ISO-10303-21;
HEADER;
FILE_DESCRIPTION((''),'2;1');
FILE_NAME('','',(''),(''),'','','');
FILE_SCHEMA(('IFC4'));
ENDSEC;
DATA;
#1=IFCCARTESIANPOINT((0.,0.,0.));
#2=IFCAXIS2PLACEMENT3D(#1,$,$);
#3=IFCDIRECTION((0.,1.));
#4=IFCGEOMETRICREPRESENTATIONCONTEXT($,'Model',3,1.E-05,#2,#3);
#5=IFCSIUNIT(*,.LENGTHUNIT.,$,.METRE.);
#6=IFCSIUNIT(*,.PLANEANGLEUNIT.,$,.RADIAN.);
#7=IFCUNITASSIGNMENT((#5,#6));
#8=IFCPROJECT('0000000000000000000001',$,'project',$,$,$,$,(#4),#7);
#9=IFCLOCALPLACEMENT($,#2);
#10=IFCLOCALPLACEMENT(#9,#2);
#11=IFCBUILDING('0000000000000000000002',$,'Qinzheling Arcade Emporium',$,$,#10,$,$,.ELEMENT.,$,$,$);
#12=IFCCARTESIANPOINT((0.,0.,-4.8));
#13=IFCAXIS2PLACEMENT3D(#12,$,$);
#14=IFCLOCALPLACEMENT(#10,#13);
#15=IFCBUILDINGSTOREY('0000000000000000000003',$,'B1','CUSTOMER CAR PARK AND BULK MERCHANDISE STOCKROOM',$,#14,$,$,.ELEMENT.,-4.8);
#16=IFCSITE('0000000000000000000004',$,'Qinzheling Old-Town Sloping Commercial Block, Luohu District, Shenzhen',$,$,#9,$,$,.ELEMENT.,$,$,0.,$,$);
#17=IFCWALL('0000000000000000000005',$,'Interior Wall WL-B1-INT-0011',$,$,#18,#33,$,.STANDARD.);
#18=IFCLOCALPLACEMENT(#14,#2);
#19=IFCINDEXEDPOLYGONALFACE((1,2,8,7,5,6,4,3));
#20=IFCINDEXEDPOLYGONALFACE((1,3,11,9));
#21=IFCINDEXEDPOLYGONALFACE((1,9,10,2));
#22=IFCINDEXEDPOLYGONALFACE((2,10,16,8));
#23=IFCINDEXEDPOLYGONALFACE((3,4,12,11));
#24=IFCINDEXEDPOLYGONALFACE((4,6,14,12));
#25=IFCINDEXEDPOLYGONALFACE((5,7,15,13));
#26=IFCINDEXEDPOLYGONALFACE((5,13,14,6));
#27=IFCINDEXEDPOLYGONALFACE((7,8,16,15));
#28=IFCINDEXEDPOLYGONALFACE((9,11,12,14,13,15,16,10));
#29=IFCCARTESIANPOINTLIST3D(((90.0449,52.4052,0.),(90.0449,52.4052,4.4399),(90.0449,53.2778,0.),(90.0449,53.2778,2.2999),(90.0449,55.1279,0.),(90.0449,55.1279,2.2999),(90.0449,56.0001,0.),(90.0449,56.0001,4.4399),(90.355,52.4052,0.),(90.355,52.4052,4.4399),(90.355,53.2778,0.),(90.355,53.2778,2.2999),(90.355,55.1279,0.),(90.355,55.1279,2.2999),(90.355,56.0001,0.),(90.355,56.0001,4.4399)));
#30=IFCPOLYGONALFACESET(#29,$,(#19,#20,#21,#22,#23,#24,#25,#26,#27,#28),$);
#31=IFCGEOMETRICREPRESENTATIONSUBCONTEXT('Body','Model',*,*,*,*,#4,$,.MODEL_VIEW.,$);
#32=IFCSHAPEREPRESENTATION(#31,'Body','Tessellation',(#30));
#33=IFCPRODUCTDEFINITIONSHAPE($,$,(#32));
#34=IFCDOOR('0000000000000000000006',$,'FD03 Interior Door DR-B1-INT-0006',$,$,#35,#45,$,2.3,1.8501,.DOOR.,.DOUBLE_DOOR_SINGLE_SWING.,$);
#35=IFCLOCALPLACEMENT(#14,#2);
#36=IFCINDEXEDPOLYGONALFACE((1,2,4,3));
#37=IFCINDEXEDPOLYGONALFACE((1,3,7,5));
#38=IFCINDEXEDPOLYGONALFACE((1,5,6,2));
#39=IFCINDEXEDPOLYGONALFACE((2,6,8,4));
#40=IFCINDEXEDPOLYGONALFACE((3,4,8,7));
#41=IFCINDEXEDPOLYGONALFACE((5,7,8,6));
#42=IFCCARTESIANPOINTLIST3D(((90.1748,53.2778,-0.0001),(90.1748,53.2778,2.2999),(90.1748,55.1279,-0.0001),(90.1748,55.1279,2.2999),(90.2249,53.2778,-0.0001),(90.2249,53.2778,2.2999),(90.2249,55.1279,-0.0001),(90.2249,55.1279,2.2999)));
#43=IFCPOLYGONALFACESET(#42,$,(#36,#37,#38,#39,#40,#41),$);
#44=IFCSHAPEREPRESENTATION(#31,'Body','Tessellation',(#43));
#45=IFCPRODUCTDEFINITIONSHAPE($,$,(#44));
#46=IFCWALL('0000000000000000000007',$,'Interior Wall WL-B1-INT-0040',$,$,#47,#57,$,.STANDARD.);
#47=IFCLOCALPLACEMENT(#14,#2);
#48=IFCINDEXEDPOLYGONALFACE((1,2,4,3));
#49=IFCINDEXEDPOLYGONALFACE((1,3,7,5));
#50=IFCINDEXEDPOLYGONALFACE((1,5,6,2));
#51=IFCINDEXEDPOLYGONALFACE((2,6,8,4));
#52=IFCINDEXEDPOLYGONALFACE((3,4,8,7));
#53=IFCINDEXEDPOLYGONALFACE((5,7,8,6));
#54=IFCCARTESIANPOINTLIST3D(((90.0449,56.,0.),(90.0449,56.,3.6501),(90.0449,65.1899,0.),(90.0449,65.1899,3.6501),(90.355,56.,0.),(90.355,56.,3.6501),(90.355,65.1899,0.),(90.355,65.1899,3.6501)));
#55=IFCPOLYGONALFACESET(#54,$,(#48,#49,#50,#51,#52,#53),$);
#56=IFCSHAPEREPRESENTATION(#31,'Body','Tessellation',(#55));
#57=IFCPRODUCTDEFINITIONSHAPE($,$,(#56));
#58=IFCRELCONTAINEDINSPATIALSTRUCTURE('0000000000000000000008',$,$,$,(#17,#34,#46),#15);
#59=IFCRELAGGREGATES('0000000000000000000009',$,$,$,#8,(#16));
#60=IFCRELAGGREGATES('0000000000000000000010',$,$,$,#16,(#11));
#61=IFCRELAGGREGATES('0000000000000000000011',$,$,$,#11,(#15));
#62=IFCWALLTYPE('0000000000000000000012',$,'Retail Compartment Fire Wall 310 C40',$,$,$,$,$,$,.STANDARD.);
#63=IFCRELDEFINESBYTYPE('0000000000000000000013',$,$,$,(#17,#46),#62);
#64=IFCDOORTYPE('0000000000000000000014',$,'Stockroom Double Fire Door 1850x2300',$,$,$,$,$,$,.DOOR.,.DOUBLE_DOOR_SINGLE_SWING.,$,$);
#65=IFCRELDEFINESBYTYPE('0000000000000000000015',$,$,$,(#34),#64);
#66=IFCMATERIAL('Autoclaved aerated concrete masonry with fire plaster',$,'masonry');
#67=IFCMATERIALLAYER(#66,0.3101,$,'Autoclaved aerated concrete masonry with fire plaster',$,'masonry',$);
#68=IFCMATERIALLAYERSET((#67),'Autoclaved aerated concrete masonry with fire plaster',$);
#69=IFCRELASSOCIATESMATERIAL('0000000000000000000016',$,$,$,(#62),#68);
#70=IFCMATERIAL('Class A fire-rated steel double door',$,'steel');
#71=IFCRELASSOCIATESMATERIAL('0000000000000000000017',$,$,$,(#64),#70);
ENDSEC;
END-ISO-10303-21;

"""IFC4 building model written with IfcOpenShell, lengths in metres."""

from ifc_helpers import new_model, si_unit, direction, frame, frame_2d, origin, place, context, subcontext, project, spatial, rectangle, extrude, material, layer, layer_set, type_object, element, fill, save


model = new_model("IFC4")

# Units and contexts
model_context = context("Model", 3, precision=1e-05, world=origin(), true_north=direction((0.0, 1.0)))
body_context = subcontext(model_context, "Body", "Model", "MODEL_VIEW")
ifc_project = project(units=[si_unit("LENGTHUNIT", "METRE"), si_unit("PLANEANGLEUNIT", "RADIAN")], contexts=[model_context])

# Site, building, storey
site_placement = place(None, origin())
site = spatial("IfcSite", under=ifc_project, at=site_placement, Name="Qinzheling Old-Town Sloping Commercial Block, Luohu District, Shenzhen", CompositionType="ELEMENT", RefElevation=0.0)
building_placement = place(site_placement, origin())
building = spatial("IfcBuilding", under=site, at=building_placement, Name="Qinzheling Arcade Emporium", CompositionType="ELEMENT")
storey_placement = place(building_placement, frame((0.0, 0.0, -4.8)))
storey = spatial("IfcBuildingStorey", under=building, at=storey_placement, Name="B1", Description="CUSTOMER CAR PARK AND BULK MERCHANDISE STOCKROOM", CompositionType="ELEMENT", Elevation=-4.8)

# Wall, opening, door
ifc_material_1 = material(Name="Autoclaved aerated concrete masonry with fire plaster", Category="masonry")
ifc_layer_1 = layer(ifc_material_1, 0.3101, Name="Autoclaved aerated concrete masonry with fire plaster", Category="masonry")
ifc_layer_set_1 = layer_set([ifc_layer_1], Name="Autoclaved aerated concrete masonry with fire plaster")
wall_type_1 = type_object("IfcWallType", Name="Retail Compartment Fire Wall 310 C40", PredefinedType="STANDARD", material=ifc_layer_set_1)
wall_1_placement = place(storey_placement, frame((90.2, 56.0, 0.0), z_axis=(0.0, 0.0, 1.0), x_axis=(0.0, -1.0, 0.0)))
wall_1 = element("IfcWall", 1, at=wall_1_placement, inside=storey, type_object=wall_type_1, Name="Interior Wall WL-B1-INT-0011", PredefinedType="STANDARD", context=body_context, shape_type="SweptSolid", body=[
    extrude(rectangle(XDim=3.595, YDim=0.3101, at=frame_2d((1.7974, 0.0))), origin(), (0.0, 0.0, 1.0), 4.4399),
])
opening_1_placement = place(wall_1_placement, frame((0.8721, 0.0, 0.0)))
opening_1 = element("IfcOpeningElement", 2, at=opening_1_placement, cuts=wall_1, PredefinedType="OPENING", context=body_context, shape_type="SweptSolid", body=[
    extrude(rectangle(XDim=1.8501, YDim=2.3, at=frame_2d((0.925, 1.1499))), frame((0.0, 0.165, 0.0), z_axis=(0.0, -1.0, 0.0), x_axis=(1.0, 0.0, 0.0)), (0.0, 0.0, 1.0), 0.3301),
])
ifc_material_2 = material(Name="Class A fire-rated steel double door", Category="steel")
door_type_1 = type_object("IfcDoorType", Name="Stockroom Double Fire Door 1850x2300", OperationType="DOUBLE_DOOR_SINGLE_SWING", PredefinedType="DOOR", material=ifc_material_2)
door_1_placement = place(opening_1_placement, origin())
door_1 = element("IfcDoor", 3, at=door_1_placement, inside=storey, type_object=door_type_1, Name="FD03 Interior Door DR-B1-INT-0006", OperationType="DOUBLE_DOOR_SINGLE_SWING", OverallHeight=2.3, OverallWidth=1.8501, PredefinedType="DOOR", context=body_context, shape_type="SweptSolid", body=[
    extrude(rectangle(XDim=1.8501, YDim=2.3, at=frame_2d((0.925, 1.1499))), frame((0.0, 0.0249, 0.0), z_axis=(0.0, -1.0, 0.0), x_axis=(1.0, 0.0, 0.0)), (0.0, 0.0, 1.0), 0.05),
])
fill(opening_1, door_1)

# Wall
wall_2_placement = place(storey_placement, frame((90.2, 56.0, 0.0), z_axis=(0.0, 0.0, 1.0), x_axis=(0.0, 1.0, 0.0)))
element("IfcWall", 4, at=wall_2_placement, inside=storey, type_object=wall_type_1, Name="Interior Wall WL-B1-INT-0040", PredefinedType="STANDARD", context=body_context, shape_type="SweptSolid", body=[
    extrude(rectangle(XDim=9.1899, YDim=0.3101, at=frame_2d((4.595, 0.0))), origin(), (0.0, 0.0, 1.0), 3.6501),
])

save(model, "model.ifc")
